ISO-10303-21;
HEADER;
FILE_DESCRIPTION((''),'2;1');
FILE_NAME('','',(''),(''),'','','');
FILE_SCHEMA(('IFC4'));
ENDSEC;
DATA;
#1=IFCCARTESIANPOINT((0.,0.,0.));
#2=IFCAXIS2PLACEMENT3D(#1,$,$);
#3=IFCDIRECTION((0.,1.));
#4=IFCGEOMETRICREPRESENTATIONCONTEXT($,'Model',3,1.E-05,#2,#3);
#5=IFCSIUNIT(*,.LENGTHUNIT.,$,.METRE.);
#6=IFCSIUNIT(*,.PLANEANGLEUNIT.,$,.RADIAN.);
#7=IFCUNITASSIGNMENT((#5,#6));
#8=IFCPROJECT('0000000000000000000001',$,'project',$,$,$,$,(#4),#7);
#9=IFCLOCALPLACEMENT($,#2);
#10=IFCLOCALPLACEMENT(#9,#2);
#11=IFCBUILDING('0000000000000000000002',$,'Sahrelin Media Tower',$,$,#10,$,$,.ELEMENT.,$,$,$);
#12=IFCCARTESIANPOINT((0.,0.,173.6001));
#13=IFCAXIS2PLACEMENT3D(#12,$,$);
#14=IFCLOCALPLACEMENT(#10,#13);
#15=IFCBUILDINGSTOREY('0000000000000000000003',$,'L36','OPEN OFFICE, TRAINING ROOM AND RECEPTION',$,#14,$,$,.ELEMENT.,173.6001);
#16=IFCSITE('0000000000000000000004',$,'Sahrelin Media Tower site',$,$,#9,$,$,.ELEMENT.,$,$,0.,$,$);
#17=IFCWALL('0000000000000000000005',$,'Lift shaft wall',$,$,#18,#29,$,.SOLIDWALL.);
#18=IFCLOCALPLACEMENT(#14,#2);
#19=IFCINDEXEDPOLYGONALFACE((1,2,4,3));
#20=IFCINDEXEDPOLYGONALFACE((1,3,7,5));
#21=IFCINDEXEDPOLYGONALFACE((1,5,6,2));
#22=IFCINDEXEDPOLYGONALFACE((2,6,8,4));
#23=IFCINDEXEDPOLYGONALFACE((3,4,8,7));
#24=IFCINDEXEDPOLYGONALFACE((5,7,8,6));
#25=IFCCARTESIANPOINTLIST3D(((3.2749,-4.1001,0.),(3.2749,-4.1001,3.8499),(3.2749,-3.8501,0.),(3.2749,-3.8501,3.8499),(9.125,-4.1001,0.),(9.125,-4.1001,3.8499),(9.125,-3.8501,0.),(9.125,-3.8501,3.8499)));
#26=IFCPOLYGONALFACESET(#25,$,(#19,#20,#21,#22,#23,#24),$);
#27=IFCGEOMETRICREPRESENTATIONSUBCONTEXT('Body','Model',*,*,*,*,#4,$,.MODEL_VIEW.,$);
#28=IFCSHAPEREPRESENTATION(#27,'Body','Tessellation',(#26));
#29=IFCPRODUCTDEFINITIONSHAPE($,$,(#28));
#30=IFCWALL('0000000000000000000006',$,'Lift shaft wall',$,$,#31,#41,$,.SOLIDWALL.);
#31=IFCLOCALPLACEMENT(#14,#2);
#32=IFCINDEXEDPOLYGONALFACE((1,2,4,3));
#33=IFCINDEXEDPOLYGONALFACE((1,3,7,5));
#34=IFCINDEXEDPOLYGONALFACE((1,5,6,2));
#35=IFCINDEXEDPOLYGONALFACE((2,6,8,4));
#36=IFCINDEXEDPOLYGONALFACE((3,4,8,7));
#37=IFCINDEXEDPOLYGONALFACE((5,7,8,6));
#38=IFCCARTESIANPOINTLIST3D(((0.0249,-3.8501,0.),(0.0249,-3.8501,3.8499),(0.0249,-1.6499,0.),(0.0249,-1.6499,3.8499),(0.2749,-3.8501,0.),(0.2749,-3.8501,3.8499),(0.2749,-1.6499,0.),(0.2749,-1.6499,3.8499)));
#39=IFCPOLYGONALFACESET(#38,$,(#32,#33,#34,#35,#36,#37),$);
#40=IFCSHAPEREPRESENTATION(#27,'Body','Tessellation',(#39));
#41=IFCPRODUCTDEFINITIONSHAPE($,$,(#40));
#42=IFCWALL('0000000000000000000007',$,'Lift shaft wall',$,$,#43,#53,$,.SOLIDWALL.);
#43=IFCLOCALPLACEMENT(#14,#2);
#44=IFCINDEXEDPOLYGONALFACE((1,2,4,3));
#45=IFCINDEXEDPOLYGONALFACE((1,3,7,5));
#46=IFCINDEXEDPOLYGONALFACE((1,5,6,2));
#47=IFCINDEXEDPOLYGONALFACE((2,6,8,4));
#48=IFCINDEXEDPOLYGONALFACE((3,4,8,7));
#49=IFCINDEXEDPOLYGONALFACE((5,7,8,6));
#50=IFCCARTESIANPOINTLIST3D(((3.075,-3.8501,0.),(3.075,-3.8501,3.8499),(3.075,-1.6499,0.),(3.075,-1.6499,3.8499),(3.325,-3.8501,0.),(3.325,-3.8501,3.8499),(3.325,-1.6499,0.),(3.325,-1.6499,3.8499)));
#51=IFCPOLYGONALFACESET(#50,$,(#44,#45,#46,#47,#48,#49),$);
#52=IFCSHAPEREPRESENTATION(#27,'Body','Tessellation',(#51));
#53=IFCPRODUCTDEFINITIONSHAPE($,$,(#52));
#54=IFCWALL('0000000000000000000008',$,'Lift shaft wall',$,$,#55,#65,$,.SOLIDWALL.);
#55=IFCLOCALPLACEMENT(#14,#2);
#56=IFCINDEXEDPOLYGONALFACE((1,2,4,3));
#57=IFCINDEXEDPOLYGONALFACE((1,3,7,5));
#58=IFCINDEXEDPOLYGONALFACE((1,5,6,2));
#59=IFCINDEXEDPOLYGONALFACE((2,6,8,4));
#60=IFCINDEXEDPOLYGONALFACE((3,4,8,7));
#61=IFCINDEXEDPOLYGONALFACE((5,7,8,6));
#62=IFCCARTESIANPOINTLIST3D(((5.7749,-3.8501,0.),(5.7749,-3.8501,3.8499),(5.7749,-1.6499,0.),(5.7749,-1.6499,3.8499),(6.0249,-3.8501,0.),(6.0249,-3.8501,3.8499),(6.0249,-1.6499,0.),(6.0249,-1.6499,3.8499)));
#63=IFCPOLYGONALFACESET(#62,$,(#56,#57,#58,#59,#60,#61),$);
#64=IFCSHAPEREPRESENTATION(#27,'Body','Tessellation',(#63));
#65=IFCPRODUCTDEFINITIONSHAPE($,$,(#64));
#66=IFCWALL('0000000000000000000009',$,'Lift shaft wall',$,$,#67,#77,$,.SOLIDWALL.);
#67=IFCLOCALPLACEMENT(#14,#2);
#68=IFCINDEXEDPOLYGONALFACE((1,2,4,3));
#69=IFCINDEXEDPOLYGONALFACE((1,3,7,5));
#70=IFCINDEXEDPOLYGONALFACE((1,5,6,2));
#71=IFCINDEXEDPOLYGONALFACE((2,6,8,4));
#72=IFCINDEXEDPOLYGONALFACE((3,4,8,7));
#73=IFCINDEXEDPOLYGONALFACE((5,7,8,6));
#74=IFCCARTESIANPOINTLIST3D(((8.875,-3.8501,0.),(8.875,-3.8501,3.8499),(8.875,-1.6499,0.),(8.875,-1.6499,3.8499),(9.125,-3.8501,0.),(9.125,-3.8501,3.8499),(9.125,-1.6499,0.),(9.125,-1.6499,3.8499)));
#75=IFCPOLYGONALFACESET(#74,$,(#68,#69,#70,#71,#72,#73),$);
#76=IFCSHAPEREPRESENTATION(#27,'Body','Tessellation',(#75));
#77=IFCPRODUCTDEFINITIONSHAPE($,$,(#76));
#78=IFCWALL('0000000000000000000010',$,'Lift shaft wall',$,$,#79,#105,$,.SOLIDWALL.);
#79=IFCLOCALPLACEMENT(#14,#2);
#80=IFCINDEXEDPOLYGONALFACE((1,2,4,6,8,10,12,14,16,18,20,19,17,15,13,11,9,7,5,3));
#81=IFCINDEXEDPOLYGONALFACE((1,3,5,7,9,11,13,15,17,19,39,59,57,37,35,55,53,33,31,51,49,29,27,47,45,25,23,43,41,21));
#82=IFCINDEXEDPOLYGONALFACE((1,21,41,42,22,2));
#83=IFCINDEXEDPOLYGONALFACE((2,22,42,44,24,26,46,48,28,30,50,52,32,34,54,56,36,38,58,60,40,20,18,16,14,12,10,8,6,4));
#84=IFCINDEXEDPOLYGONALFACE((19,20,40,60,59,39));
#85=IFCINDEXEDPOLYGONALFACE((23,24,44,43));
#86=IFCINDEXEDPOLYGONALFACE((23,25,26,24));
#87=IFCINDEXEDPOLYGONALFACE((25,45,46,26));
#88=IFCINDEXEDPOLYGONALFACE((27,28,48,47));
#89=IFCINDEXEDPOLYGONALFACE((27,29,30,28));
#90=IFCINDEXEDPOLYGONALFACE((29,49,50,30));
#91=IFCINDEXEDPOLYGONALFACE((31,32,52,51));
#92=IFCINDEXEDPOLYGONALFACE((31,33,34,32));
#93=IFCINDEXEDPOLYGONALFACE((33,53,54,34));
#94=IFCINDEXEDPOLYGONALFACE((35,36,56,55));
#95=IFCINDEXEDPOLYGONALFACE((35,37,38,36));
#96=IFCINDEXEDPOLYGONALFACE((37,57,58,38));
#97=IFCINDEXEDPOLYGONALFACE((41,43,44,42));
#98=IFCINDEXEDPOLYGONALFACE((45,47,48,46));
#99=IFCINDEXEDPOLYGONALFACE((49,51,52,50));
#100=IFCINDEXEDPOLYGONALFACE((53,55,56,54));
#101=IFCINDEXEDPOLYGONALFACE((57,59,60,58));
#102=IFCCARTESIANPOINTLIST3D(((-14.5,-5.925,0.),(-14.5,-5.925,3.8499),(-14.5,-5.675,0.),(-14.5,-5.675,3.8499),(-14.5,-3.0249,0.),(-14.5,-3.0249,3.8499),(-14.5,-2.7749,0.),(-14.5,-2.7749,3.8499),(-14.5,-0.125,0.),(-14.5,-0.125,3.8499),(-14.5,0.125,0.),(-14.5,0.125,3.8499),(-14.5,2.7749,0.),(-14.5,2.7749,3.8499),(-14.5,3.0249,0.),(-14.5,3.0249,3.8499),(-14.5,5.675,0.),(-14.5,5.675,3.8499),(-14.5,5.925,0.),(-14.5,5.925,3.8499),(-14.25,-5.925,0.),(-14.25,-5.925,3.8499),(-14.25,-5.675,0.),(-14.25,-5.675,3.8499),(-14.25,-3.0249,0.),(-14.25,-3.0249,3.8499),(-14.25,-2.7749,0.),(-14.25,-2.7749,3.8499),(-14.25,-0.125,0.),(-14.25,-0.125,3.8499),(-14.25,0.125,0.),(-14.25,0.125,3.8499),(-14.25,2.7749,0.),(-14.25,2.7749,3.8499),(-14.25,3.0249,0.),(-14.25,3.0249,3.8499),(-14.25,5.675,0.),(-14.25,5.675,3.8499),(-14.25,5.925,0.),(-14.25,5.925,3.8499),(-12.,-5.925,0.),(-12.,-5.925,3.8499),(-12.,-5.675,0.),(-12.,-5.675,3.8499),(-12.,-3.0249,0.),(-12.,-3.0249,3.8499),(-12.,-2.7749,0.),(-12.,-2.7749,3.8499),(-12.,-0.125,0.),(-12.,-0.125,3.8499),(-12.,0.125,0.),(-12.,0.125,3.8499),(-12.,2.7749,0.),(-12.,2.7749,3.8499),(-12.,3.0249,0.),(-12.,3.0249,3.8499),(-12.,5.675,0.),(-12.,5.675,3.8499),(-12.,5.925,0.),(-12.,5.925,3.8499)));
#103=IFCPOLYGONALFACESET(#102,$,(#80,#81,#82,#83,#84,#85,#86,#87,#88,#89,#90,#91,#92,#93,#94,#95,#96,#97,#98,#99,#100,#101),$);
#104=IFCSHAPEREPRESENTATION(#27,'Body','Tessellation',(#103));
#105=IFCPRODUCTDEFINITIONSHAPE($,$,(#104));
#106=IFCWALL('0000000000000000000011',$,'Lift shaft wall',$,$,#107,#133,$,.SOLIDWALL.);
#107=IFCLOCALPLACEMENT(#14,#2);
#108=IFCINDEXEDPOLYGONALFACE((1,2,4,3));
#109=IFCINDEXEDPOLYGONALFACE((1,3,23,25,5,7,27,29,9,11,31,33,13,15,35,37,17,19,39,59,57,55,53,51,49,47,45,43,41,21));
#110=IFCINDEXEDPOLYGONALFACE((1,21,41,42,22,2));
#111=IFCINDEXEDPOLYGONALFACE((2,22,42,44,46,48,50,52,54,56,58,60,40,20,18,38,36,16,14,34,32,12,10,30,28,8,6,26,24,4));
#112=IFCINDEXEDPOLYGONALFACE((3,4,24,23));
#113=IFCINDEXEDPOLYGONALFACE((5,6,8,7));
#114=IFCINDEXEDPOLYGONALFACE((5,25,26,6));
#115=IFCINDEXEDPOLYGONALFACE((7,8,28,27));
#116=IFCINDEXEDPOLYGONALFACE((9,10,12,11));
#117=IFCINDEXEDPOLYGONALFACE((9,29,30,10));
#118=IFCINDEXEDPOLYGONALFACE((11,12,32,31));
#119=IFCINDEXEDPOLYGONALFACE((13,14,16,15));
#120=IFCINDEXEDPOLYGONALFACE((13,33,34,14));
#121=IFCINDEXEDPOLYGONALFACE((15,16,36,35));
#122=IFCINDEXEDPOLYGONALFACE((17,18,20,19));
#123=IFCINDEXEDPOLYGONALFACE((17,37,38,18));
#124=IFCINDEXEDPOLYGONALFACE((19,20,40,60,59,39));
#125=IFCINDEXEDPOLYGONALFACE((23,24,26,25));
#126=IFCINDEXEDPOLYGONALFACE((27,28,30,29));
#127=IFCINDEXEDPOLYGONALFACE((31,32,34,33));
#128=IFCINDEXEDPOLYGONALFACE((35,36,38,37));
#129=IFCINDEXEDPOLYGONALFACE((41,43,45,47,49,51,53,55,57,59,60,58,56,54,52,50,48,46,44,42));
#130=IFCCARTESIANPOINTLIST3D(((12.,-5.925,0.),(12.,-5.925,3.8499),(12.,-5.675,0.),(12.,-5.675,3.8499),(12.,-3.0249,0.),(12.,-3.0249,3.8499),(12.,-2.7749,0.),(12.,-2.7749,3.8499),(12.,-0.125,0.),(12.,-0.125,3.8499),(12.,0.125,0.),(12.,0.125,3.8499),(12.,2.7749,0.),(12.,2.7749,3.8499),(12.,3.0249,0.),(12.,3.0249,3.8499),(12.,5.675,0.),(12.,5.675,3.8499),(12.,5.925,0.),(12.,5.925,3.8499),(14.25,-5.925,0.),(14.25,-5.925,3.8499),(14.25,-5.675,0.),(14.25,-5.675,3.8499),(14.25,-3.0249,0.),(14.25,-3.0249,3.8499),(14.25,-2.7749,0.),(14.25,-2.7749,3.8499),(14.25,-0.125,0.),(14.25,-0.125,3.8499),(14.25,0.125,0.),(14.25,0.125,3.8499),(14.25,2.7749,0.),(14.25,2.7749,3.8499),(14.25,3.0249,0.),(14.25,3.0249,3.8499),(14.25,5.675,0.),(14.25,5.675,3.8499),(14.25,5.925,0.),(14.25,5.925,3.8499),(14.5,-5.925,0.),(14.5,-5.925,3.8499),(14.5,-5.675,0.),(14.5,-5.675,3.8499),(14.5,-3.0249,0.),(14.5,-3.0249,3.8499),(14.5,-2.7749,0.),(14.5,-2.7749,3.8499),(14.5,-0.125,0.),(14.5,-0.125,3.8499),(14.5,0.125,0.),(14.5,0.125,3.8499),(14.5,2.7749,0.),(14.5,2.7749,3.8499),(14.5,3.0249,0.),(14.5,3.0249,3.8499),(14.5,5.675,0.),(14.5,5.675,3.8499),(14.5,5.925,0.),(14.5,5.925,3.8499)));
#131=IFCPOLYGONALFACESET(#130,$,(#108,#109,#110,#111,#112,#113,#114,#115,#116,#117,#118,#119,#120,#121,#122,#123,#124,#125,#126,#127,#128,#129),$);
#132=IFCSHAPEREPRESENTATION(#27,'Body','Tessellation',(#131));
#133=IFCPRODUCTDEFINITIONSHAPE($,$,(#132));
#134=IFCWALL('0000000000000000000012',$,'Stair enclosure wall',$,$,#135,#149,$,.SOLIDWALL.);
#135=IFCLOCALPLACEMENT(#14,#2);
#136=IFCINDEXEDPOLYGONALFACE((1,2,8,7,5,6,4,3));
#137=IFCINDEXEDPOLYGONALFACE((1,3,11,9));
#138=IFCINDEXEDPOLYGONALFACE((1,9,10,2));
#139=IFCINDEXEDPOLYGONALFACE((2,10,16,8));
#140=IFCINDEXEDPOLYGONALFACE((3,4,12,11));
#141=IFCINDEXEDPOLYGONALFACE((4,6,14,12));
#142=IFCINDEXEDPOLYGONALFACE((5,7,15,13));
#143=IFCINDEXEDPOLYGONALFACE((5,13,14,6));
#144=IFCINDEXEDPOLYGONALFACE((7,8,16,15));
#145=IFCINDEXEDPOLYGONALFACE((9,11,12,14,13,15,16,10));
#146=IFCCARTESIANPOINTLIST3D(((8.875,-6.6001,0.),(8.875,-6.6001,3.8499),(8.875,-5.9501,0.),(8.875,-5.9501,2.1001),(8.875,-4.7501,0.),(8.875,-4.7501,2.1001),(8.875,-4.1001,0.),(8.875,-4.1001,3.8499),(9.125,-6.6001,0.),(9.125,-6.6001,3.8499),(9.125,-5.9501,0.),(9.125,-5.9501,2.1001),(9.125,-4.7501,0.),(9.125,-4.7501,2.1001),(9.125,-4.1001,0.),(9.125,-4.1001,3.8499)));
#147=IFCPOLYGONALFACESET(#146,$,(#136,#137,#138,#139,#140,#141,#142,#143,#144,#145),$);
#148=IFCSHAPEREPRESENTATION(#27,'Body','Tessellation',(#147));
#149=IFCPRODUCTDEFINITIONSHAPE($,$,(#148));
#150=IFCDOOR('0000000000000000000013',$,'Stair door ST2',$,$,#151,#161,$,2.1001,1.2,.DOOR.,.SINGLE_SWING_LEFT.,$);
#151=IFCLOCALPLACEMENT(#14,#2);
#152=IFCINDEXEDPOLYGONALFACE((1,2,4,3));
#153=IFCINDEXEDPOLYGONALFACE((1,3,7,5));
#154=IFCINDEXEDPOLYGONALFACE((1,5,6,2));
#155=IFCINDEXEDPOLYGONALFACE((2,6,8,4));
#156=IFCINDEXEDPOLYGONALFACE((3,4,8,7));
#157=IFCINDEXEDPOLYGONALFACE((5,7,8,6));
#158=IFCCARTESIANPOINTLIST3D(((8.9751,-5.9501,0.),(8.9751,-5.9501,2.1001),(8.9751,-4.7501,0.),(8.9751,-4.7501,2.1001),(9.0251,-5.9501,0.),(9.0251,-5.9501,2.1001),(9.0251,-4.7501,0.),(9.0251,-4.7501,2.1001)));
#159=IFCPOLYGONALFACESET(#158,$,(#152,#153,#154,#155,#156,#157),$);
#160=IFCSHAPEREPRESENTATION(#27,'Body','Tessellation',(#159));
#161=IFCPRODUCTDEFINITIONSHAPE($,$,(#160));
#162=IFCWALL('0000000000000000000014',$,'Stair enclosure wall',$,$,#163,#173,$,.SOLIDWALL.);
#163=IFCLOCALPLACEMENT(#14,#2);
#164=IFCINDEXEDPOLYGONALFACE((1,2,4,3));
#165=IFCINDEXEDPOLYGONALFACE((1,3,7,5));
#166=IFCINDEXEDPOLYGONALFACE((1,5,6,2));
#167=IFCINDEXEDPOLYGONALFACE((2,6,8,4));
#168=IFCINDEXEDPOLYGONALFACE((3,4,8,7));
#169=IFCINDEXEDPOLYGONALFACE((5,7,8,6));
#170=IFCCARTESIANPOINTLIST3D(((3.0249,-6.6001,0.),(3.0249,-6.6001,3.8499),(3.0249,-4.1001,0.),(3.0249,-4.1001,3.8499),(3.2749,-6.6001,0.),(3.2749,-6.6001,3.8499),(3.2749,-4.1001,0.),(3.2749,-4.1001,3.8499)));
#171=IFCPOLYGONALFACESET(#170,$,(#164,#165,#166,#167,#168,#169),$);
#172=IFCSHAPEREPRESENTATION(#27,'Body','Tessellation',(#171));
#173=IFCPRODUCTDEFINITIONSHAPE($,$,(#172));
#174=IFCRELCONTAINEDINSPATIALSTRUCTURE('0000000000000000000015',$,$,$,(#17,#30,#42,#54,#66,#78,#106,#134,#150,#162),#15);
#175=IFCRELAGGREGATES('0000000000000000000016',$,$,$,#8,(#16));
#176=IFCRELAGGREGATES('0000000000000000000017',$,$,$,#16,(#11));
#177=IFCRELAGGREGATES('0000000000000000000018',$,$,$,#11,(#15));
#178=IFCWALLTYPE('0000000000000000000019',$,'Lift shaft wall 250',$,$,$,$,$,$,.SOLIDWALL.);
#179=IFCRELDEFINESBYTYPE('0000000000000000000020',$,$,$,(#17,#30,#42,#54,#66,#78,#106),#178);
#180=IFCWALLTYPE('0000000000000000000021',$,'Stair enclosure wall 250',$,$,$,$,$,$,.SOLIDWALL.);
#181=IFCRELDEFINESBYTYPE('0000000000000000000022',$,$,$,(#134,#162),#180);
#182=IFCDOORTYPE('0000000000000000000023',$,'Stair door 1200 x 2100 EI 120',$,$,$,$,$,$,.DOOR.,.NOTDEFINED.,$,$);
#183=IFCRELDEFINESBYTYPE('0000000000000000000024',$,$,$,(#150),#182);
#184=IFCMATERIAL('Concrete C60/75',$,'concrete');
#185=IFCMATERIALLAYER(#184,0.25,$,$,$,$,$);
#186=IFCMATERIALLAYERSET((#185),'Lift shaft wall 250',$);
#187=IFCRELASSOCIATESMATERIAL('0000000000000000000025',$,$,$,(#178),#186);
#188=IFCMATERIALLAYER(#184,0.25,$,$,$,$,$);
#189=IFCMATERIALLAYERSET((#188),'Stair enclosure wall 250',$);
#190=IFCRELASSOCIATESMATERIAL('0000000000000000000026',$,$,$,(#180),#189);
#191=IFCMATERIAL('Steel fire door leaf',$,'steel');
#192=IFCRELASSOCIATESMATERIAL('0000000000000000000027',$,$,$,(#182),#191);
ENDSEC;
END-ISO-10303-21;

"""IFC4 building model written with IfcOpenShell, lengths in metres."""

from ifc_helpers import new_model, si_unit, direction, frame, frame_2d, origin, place, context, subcontext, project, spatial, polyline, rectangle, outline, extrude, material, layer, layer_set, type_object, element, fill, save


model = new_model("IFC4")

# Units and contexts
model_context = context("Model", 3, precision=1e-05, world=origin(), true_north=direction((0.0, 1.0)))
body_context = subcontext(model_context, "Body", "Model", "MODEL_VIEW")
ifc_project = project(units=[si_unit("LENGTHUNIT", "METRE"), si_unit("PLANEANGLEUNIT", "RADIAN")], contexts=[model_context])

# Site, building, storey
site_placement = place(None, origin())
site = spatial("IfcSite", under=ifc_project, at=site_placement, Name="Sahrelin Media Tower site", CompositionType="ELEMENT", RefElevation=0.0)
building_placement = place(site_placement, origin())
building = spatial("IfcBuilding", under=site, at=building_placement, Name="Sahrelin Media Tower", CompositionType="ELEMENT")
storey_placement = place(building_placement, frame((0.0, 0.0, 173.6001)))
storey = spatial("IfcBuildingStorey", under=building, at=storey_placement, Name="L36", Description="OPEN OFFICE, TRAINING ROOM AND RECEPTION", CompositionType="ELEMENT", Elevation=173.6001)

# Shared definitions
ifc_material_1 = material(Name="Concrete C60/75", Category="concrete")

# Shared definitions
ifc_material_2 = material(Name="Steel fire door leaf", Category="steel")

# Walls
ifc_layer_1 = layer(ifc_material_1, 0.25)
ifc_layer_set_1 = layer_set([ifc_layer_1], Name="Lift shaft wall 250")
wall_type_1 = type_object("IfcWallType", Name="Lift shaft wall 250", PredefinedType="SOLIDWALL", material=ifc_layer_set_1)
wall_1_placement = place(storey_placement, frame((3.2749, -3.9751, 0.0), z_axis=(0.0, 0.0, 1.0), x_axis=(1.0, 0.0, 0.0)))
element("IfcWall", 1, at=wall_1_placement, inside=storey, type_object=wall_type_1, Name="Lift shaft wall", PredefinedType="SOLIDWALL", context=body_context, shape_type="SweptSolid", body=[
    extrude(rectangle(XDim=5.8501, YDim=0.25, at=frame_2d((2.925, 0.0))), origin(), (0.0, 0.0, 1.0), 3.8499),
])
for number, where, z_axis, x_axis, name in (
    (2, (0.1499, -3.8501, 0.0), (0.0, 0.0, 1.0), (0.0, 1.0, 0.0), "Lift shaft wall"),
    (3, (3.2, -3.8501, 0.0), (0.0, 0.0, 1.0), (0.0, 1.0, 0.0), "Lift shaft wall"),
    (4, (5.8999, -3.8501, 0.0), (0.0, 0.0, 1.0), (0.0, 1.0, 0.0), "Lift shaft wall"),
    (5, (9.0, -3.8501, 0.0), (0.0, 0.0, 1.0), (0.0, 1.0, 0.0), "Lift shaft wall"),
):
    element("IfcWall", number, at=place(storey_placement, frame(where, z_axis=z_axis, x_axis=x_axis)), inside=storey, type_object=wall_type_1, Name=name, PredefinedType="SOLIDWALL", context=body_context, shape_type="SweptSolid", body=[
        extrude(rectangle(XDim=2.2002, YDim=0.25, at=frame_2d((1.1001, 0.0))), origin(), (0.0, 0.0, 1.0), 3.8499),
    ])
placement = place(storey_placement, origin())
element("IfcWall", 6, at=placement, inside=storey, type_object=wall_type_1, Name="Lift shaft wall", PredefinedType="SOLIDWALL", context=body_context, shape_type="SweptSolid", body=[
    extrude(outline(polyline([(-12.0, -5.925), (-12.0, -5.675), (-14.25, -5.675), (-14.25, -3.0249), (-12.0, -3.0249), (-12.0, -2.7749), (-14.25, -2.7749), (-14.25, -0.125), (-12.0, -0.125), (-12.0, 0.125), (-14.25, 0.125), (-14.25, 2.7749), (-12.0, 2.7749), (-12.0, 3.0249), (-14.25, 3.0249), (-14.25, 5.675), (-12.0, 5.675), (-12.0, 5.925), (-14.25, 5.925), (-14.5, 5.925), (-14.5, 5.675), (-14.5, 3.0249), (-14.5, 2.7749), (-14.5, 0.125), (-14.5, -0.125), (-14.5, -2.7749), (-14.5, -3.0249), (-14.5, -5.675), (-14.5, -5.925), (-14.25, -5.925), (-12.0, -5.925)])), origin(), (0.0, 0.0, 1.0), 3.8499),
])
element("IfcWall", 7, at=placement, inside=storey, type_object=wall_type_1, Name="Lift shaft wall", PredefinedType="SOLIDWALL", context=body_context, shape_type="SweptSolid", body=[
    extrude(outline(polyline([(12.0, -5.675), (12.0, -5.925), (14.25, -5.925), (14.5, -5.925), (14.5, -5.675), (14.5, -3.0249), (14.5, -2.7749), (14.5, -0.125), (14.5, 0.125), (14.5, 2.7749), (14.5, 3.0249), (14.5, 5.675), (14.5, 5.925), (14.25, 5.925), (12.0, 5.925), (12.0, 5.675), (14.25, 5.675), (14.25, 3.0249), (12.0, 3.0249), (12.0, 2.7749), (14.25, 2.7749), (14.25, 0.125), (12.0, 0.125), (12.0, -0.125), (14.25, -0.125), (14.25, -2.7749), (12.0, -2.7749), (12.0, -3.0249), (14.25, -3.0249), (14.25, -5.675), (12.0, -5.675)])), origin(), (0.0, 0.0, 1.0), 3.8499),
])

# Wall, opening, door
ifc_layer_2 = layer(ifc_material_1, 0.25)
ifc_layer_set_2 = layer_set([ifc_layer_2], Name="Stair enclosure wall 250")
wall_type_2 = type_object("IfcWallType", Name="Stair enclosure wall 250", PredefinedType="SOLIDWALL", material=ifc_layer_set_2)
wall_2_placement = place(storey_placement, frame((9.0, -6.6001, 0.0), z_axis=(0.0, 0.0, 1.0), x_axis=(0.0, 1.0, 0.0)))
wall_2 = element("IfcWall", 8, at=wall_2_placement, inside=storey, type_object=wall_type_2, Name="Stair enclosure wall", PredefinedType="SOLIDWALL", context=body_context, shape_type="SweptSolid", body=[
    extrude(rectangle(XDim=2.5, YDim=0.25, at=frame_2d((1.25, 0.0))), origin(), (0.0, 0.0, 1.0), 3.8499),
])
opening_1_placement = place(wall_2_placement, frame((0.6499, 0.0, 0.0)))
opening_1 = element("IfcOpeningElement", 9, at=opening_1_placement, cuts=wall_2, PredefinedType="OPENING", context=body_context, shape_type="SweptSolid", body=[
    extrude(rectangle(XDim=1.2, YDim=2.1001, at=frame_2d((0.6001, 1.05))), frame((0.0, 0.125, 0.0), z_axis=(0.0, -1.0, 0.0), x_axis=(1.0, 0.0, 0.0)), (0.0, 0.0, 1.0), 0.25),
])
door_type_1 = type_object("IfcDoorType", Name="Stair door 1200 x 2100 EI 120", OperationType="NOTDEFINED", PredefinedType="DOOR", material=ifc_material_2)
door_1_placement = place(opening_1_placement, origin())
door_1 = element("IfcDoor", 10, at=door_1_placement, inside=storey, type_object=door_type_1, Name="Stair door ST2", OperationType="SINGLE_SWING_LEFT", OverallHeight=2.1001, OverallWidth=1.2, PredefinedType="DOOR", context=body_context, shape_type="SweptSolid", body=[
    extrude(rectangle(XDim=1.2, YDim=2.1001, at=frame_2d((0.6001, 1.05))), frame((0.0, 0.0249, 0.0), z_axis=(0.0, -1.0, 0.0), x_axis=(1.0, 0.0, 0.0)), (0.0, 0.0, 1.0), 0.05),
])
fill(opening_1, door_1)

# Wall
wall_3_placement = place(storey_placement, frame((3.1499, -6.6001, 0.0), z_axis=(0.0, 0.0, 1.0), x_axis=(0.0, 1.0, 0.0)))
element("IfcWall", 11, at=wall_3_placement, inside=storey, type_object=wall_type_2, Name="Stair enclosure wall", PredefinedType="SOLIDWALL", context=body_context, shape_type="SweptSolid", body=[
    extrude(rectangle(XDim=2.5, YDim=0.25, at=frame_2d((1.25, 0.0))), origin(), (0.0, 0.0, 1.0), 3.8499),
])

save(model, "model.ifc")
